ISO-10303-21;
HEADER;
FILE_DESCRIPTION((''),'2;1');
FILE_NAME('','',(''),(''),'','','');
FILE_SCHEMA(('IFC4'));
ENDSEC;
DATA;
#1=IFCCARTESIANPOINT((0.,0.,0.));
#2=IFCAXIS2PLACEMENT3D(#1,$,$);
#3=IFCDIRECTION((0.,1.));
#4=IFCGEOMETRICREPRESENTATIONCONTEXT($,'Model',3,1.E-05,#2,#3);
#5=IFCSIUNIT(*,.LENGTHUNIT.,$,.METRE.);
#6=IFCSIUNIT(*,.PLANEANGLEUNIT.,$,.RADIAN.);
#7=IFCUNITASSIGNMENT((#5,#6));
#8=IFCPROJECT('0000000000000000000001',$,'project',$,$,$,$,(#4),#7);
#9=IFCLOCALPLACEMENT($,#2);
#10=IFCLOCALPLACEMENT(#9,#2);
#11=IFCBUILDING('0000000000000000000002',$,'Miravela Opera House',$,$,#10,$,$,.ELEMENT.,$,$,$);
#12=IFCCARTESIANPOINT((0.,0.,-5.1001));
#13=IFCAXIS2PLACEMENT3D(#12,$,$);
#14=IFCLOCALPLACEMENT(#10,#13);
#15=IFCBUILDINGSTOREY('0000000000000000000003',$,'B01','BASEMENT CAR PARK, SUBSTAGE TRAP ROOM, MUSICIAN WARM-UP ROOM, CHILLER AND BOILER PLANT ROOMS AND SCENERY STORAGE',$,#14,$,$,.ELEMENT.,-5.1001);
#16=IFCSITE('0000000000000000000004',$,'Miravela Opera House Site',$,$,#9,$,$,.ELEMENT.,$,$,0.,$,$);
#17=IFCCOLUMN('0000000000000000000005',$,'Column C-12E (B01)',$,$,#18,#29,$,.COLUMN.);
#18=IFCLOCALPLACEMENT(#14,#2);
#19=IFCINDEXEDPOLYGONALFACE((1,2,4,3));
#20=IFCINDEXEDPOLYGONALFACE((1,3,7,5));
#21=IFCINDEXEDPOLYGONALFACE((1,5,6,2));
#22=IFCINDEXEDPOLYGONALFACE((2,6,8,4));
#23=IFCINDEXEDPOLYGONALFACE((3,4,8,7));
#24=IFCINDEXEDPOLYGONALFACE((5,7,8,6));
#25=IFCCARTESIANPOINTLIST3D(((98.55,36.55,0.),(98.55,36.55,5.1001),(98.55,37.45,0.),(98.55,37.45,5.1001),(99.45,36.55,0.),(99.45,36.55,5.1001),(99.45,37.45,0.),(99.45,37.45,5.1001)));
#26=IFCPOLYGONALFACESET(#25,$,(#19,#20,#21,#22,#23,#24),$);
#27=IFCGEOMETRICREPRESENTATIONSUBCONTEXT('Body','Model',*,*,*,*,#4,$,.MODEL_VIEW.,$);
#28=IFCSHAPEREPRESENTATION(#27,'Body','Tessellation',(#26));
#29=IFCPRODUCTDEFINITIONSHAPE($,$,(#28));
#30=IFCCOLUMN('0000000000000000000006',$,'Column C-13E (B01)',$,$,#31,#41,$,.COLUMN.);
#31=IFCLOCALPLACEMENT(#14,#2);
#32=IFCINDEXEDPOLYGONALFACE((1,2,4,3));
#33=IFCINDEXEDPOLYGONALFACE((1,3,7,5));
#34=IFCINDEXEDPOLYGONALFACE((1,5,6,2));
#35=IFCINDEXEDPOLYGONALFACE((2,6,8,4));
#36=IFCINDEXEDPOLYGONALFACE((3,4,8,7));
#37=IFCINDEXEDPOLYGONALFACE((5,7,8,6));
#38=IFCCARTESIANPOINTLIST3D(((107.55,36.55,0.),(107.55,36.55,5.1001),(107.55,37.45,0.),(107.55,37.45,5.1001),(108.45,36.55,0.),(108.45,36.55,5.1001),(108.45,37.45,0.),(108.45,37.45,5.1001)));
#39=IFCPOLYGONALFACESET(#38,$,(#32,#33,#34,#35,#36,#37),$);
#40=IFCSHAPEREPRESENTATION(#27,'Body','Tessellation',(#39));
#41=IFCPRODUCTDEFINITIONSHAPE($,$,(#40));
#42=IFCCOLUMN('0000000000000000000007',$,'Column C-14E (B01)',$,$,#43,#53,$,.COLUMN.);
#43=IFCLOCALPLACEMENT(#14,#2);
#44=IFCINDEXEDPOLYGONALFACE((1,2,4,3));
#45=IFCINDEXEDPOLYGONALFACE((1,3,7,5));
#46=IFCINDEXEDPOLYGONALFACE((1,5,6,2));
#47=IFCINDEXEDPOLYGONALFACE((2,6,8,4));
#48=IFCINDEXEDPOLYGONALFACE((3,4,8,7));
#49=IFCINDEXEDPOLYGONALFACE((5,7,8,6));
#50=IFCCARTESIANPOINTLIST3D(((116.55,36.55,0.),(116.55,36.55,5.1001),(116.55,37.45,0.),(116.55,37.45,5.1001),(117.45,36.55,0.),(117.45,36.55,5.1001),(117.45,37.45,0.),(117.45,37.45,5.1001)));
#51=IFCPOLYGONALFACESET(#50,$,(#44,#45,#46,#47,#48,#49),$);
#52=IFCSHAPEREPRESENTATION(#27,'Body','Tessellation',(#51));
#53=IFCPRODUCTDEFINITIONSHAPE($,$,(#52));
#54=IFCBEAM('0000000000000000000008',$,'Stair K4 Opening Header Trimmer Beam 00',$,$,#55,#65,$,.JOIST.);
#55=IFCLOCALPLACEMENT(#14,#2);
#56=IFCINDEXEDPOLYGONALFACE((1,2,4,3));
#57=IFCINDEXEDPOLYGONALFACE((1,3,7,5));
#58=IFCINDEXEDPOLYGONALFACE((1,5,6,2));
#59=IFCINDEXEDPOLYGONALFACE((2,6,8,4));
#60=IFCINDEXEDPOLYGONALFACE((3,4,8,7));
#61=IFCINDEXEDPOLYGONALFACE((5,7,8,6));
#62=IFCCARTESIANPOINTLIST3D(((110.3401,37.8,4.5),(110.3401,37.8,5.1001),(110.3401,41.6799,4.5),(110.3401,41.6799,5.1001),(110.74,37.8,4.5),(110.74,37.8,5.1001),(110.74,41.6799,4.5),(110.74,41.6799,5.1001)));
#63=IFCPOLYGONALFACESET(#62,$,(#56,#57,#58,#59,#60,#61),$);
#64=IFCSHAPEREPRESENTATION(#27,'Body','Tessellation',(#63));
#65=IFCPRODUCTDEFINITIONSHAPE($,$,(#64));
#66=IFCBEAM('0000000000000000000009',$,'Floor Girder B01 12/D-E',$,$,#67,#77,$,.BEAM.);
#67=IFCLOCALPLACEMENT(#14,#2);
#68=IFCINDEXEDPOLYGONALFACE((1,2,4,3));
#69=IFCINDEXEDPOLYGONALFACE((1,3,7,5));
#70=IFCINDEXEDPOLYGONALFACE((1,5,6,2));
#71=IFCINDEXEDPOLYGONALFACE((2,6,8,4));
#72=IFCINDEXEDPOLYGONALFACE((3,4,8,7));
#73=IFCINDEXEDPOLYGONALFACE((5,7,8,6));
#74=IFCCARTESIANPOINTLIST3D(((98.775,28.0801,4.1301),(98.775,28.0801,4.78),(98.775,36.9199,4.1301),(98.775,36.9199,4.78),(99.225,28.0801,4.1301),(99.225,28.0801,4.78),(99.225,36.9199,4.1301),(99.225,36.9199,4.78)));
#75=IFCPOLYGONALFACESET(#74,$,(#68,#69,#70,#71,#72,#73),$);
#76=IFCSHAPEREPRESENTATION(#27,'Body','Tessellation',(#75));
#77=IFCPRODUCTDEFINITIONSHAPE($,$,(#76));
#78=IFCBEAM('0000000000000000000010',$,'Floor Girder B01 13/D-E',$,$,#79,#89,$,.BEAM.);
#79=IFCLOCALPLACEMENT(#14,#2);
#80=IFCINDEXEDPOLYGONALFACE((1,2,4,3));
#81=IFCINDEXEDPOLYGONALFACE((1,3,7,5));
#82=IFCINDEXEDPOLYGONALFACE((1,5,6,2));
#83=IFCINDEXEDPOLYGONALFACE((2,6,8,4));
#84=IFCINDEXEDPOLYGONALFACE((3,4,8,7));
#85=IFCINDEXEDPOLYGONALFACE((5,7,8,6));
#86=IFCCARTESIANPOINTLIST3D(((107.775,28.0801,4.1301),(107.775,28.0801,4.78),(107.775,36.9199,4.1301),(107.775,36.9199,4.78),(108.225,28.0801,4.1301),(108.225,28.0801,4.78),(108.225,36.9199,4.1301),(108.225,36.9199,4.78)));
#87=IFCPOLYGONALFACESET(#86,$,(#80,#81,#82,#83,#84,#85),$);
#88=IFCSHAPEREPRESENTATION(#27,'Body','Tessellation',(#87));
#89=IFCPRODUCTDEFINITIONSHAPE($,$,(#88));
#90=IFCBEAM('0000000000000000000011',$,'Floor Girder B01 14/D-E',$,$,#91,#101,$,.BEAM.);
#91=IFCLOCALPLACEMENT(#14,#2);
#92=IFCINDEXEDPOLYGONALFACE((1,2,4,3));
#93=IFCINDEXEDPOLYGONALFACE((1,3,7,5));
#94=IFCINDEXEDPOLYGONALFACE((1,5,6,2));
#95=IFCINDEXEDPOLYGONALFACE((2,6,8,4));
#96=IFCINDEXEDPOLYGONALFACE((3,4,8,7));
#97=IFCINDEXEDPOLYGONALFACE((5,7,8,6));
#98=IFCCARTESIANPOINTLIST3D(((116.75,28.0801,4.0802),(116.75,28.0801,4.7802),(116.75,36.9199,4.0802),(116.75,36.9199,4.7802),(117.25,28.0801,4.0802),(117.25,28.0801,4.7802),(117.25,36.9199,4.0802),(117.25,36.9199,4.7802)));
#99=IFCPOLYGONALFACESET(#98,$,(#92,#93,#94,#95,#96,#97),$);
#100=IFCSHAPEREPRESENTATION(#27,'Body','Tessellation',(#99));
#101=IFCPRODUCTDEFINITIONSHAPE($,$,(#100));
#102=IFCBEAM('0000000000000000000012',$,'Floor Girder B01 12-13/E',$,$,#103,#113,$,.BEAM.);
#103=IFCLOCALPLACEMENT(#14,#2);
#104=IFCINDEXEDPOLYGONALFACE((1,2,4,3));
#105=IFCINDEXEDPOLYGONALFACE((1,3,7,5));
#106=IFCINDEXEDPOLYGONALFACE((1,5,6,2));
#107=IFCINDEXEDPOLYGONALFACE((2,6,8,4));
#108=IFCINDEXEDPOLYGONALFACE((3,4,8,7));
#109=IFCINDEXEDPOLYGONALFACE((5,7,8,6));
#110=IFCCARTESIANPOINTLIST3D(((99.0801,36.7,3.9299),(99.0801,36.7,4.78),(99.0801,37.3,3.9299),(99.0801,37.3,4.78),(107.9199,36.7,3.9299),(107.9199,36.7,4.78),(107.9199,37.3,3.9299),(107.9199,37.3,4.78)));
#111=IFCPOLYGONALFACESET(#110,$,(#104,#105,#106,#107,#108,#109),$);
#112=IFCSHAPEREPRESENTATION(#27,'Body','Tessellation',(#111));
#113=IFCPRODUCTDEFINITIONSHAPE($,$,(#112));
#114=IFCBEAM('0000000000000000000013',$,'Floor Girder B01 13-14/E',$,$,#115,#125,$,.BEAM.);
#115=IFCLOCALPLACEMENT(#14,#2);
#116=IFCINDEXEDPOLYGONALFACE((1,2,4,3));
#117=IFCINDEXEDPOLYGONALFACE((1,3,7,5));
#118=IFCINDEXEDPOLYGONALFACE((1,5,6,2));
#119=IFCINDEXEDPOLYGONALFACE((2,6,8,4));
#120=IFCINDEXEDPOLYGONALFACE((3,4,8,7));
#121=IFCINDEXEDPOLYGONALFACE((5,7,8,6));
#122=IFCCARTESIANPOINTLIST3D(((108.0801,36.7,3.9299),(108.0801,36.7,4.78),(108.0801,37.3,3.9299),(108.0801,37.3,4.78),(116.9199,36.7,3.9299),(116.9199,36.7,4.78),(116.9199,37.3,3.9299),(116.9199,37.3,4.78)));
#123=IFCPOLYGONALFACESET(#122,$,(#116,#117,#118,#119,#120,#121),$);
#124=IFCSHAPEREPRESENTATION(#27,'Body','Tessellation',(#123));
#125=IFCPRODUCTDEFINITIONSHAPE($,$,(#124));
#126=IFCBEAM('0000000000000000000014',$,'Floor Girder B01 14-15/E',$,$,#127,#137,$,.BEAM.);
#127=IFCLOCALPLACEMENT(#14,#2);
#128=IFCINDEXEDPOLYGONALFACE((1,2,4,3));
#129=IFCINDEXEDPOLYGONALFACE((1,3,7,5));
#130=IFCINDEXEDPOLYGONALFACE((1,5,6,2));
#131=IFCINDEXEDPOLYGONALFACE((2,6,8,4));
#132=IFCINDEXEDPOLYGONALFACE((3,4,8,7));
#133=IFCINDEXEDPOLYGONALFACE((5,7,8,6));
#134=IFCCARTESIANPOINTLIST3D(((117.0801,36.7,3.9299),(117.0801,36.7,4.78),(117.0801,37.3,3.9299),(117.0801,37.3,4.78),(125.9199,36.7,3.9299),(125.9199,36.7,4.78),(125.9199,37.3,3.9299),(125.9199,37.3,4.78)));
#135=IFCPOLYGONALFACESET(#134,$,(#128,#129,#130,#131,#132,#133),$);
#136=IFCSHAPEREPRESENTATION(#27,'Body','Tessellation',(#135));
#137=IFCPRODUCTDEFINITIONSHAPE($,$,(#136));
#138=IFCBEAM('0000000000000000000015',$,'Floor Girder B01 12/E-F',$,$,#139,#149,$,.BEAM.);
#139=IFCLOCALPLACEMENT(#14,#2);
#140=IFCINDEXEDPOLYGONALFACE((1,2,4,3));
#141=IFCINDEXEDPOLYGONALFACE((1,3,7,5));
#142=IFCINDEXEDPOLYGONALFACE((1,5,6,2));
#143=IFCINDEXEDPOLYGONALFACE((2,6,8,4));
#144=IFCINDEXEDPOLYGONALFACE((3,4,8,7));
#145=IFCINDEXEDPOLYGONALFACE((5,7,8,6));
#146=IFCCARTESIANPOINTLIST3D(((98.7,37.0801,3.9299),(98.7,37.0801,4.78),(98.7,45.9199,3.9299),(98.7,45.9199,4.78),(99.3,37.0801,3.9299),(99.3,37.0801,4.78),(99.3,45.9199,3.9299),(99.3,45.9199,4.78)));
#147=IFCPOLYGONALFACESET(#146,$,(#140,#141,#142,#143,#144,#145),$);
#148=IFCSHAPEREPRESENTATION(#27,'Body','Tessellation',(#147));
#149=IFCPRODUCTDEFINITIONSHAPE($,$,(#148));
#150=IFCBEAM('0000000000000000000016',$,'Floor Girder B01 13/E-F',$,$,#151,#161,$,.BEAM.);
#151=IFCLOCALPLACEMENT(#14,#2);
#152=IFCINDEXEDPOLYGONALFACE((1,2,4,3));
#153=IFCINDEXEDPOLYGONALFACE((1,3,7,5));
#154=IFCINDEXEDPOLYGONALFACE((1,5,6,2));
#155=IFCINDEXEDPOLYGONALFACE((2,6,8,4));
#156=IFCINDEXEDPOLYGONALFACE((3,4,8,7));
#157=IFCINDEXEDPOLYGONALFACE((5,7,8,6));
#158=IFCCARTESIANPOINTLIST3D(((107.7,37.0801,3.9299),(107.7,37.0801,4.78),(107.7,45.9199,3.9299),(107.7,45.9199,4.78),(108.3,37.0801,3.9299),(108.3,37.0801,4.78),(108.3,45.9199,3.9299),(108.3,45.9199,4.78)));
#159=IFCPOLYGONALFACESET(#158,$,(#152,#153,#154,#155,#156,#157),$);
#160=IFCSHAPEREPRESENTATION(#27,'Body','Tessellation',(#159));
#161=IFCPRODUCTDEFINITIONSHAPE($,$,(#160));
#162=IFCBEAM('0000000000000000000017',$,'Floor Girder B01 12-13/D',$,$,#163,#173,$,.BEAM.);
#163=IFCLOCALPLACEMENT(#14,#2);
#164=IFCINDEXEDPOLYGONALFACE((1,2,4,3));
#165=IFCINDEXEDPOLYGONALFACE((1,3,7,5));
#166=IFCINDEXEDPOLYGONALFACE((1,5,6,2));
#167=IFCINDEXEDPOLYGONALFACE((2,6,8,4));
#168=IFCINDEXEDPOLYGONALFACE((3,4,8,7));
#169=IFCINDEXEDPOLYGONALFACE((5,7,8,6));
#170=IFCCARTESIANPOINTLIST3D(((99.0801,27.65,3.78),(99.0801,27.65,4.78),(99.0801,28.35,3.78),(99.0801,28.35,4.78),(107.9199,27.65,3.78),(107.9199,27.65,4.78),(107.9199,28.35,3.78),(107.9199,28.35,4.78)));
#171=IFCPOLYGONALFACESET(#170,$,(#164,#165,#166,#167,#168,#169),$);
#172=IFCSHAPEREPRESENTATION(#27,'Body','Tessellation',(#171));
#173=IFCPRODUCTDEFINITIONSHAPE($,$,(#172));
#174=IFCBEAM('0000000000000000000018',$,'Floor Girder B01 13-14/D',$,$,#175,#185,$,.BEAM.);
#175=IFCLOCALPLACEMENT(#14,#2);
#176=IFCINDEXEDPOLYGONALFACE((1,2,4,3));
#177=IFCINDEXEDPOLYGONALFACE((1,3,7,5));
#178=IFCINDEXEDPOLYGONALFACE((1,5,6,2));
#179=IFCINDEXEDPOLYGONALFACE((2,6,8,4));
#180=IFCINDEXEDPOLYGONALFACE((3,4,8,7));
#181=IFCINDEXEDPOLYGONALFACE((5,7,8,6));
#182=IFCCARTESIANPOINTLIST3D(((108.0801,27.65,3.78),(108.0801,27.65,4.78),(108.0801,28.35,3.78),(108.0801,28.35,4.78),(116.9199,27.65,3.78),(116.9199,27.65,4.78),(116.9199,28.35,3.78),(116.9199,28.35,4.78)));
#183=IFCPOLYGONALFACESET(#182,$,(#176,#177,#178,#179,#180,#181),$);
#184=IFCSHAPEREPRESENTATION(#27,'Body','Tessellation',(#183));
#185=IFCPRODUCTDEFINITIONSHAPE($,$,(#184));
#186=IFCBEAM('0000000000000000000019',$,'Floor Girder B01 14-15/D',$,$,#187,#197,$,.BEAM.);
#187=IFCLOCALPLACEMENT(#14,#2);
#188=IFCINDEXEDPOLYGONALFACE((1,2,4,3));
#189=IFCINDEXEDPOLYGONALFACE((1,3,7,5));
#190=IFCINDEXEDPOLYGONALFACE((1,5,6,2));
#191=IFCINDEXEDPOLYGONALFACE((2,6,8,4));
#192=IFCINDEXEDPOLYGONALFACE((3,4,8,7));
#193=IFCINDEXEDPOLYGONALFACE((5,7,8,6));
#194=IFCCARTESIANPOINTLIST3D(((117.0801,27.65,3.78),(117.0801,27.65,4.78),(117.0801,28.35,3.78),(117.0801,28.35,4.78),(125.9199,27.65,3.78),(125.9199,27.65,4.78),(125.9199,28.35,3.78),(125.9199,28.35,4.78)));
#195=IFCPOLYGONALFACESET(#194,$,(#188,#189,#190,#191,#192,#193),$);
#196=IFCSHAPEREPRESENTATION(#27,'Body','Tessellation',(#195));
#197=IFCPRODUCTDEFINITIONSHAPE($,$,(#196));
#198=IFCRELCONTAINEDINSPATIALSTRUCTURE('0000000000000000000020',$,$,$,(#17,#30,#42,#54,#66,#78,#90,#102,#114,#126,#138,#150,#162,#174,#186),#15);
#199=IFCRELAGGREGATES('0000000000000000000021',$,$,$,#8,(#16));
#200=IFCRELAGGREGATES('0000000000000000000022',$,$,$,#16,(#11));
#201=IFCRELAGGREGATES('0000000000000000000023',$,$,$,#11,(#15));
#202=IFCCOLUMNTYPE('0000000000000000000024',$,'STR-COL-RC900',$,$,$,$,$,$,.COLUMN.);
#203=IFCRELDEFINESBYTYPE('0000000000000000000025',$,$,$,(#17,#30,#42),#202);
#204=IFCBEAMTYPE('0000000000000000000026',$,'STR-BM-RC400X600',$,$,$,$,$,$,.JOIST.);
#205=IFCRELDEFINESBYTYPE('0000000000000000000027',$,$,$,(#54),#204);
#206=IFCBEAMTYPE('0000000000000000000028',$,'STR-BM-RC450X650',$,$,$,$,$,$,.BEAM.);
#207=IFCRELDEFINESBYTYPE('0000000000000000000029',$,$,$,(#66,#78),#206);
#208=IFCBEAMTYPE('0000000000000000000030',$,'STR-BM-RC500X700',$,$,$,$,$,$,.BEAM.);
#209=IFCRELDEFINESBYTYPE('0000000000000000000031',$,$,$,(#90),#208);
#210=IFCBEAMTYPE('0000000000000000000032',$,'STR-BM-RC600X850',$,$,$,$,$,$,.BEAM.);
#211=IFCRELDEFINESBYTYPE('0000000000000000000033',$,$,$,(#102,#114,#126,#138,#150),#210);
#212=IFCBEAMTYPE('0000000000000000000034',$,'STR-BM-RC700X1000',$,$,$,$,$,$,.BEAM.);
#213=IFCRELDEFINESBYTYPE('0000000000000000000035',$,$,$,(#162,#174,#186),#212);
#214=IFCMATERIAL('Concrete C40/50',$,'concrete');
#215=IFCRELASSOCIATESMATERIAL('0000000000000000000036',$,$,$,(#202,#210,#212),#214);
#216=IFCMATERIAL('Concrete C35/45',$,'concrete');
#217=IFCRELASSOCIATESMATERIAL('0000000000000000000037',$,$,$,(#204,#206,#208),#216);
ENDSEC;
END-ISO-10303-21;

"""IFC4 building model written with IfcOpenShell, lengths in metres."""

from ifc_helpers import new_model, si_unit, direction, frame, origin, origin_2d, place, context, subcontext, project, spatial, rectangle, extrude, material, material_profile, profile_set, type_object, element, save


model = new_model("IFC4")

# Units and contexts
model_context = context("Model", 3, precision=1e-05, world=origin(), true_north=direction((0.0, 1.0)))
body_context = subcontext(model_context, "Body", "Model", "MODEL_VIEW")
ifc_project = project(units=[si_unit("LENGTHUNIT", "METRE"), si_unit("PLANEANGLEUNIT", "RADIAN")], contexts=[model_context])

# Site, building, storey
site_placement = place(None, origin())
site = spatial("IfcSite", under=ifc_project, at=site_placement, Name="Miravela Opera House Site", CompositionType="ELEMENT", RefElevation=0.0)
building_placement = place(site_placement, origin())
building = spatial("IfcBuilding", under=site, at=building_placement, Name="Miravela Opera House", CompositionType="ELEMENT")
storey_placement = place(building_placement, frame((0.0, 0.0, -5.1001)))
storey = spatial("IfcBuildingStorey", under=building, at=storey_placement, Name="B01", Description="BASEMENT CAR PARK, SUBSTAGE TRAP ROOM, MUSICIAN WARM-UP ROOM, CHILLER AND BOILER PLANT ROOMS AND SCENERY STORAGE", CompositionType="ELEMENT", Elevation=-5.1001)

# Shared definitions
ifc_material_1 = material(Name="Concrete C35/45", Category="concrete")

# Columns
ifc_material_2 = material(Name="Concrete C40/50", Category="concrete")
ifc_material_profile_1 = material_profile(ifc_material_2, rectangle(XDim=0.8999, YDim=0.8999, at=origin_2d()), Name="RC-COL-900X900")
ifc_profile_set_1 = profile_set([ifc_material_profile_1])
column_type_1 = type_object("IfcColumnType", Name="STR-COL-RC900", PredefinedType="COLUMN", material=ifc_profile_set_1)
for number, where, z_axis, x_axis, name in (
    (1, (99.0, 37.0, 0.0), (0.0, 0.0, 1.0), (1.0, 0.0, 0.0), "Column C-12E (B01)"),
    (2, (108.0, 37.0, 0.0), (0.0, 0.0, 1.0), (1.0, 0.0, 0.0), "Column C-13E (B01)"),
    (3, (117.0, 37.0, 0.0), (0.0, 0.0, 1.0), (1.0, 0.0, 0.0), "Column C-14E (B01)"),
):
    element("IfcColumn", number, at=place(storey_placement, frame(where, z_axis=z_axis, x_axis=x_axis)), inside=storey, type_object=column_type_1, Name=name, PredefinedType="COLUMN", context=body_context, shape_type="SweptSolid", body=[
        extrude(rectangle(XDim=0.8999, YDim=0.8999, at=origin_2d()), origin(), (0.0, 0.0, 1.0), 5.1001),
    ])

# Beams
ifc_material_profile_2 = material_profile(ifc_material_1, rectangle(XDim=0.3999, YDim=0.6001, at=origin_2d()), Name="RC-BM-400X600")
ifc_profile_set_2 = profile_set([ifc_material_profile_2])
beam_type_1 = type_object("IfcBeamType", Name="STR-BM-RC400X600", PredefinedType="JOIST", material=ifc_profile_set_2)
beam_1_placement = place(storey_placement, frame((110.54, 37.8, 4.8), z_axis=(0.0, 1.0, 0.0), x_axis=(-1.0, 0.0, 0.0)))
element("IfcBeam", 4, at=beam_1_placement, inside=storey, type_object=beam_type_1, Name="Stair K4 Opening Header Trimmer Beam 00", PredefinedType="JOIST", context=body_context, shape_type="SweptSolid", body=[
    extrude(rectangle(XDim=0.3999, YDim=0.6001, at=origin_2d()), origin(), (0.0, 0.0, 1.0), 3.8799),
])
ifc_material_profile_3 = material_profile(ifc_material_1, rectangle(XDim=0.45, YDim=0.6499, at=origin_2d()), Name="RC-BM-450X650")
ifc_profile_set_3 = profile_set([ifc_material_profile_3])
beam_type_2 = type_object("IfcBeamType", Name="STR-BM-RC450X650", PredefinedType="BEAM", material=ifc_profile_set_3)
for number, where, z_axis, x_axis, name in (
    (5, (99.0, 28.0801, 4.4551), (0.0, 1.0, 0.0), (-1.0, 0.0, 0.0), "Floor Girder B01 12/D-E"),
    (6, (108.0, 28.0801, 4.4551), (0.0, 1.0, 0.0), (-1.0, 0.0, 0.0), "Floor Girder B01 13/D-E"),
):
    element("IfcBeam", number, at=place(storey_placement, frame(where, z_axis=z_axis, x_axis=x_axis)), inside=storey, type_object=beam_type_2, Name=name, PredefinedType="BEAM", context=body_context, shape_type="SweptSolid", body=[
        extrude(rectangle(XDim=0.45, YDim=0.6499, at=origin_2d()), origin(), (0.0, 0.0, 1.0), 8.8398),
    ])
ifc_material_profile_4 = material_profile(ifc_material_1, rectangle(XDim=0.5, YDim=0.7, at=origin_2d()), Name="RC-BM-500X700")
ifc_profile_set_4 = profile_set([ifc_material_profile_4])
beam_type_3 = type_object("IfcBeamType", Name="STR-BM-RC500X700", PredefinedType="BEAM", material=ifc_profile_set_4)
beam_2_placement = place(storey_placement, frame((117.0, 28.0801, 4.4302), z_axis=(0.0, 1.0, 0.0), x_axis=(-1.0, 0.0, 0.0)))
element("IfcBeam", 7, at=beam_2_placement, inside=storey, type_object=beam_type_3, Name="Floor Girder B01 14/D-E", PredefinedType="BEAM", context=body_context, shape_type="SweptSolid", body=[
    extrude(rectangle(XDim=0.5, YDim=0.7, at=origin_2d()), origin(), (0.0, 0.0, 1.0), 8.8398),
])
ifc_material_profile_5 = material_profile(ifc_material_2, rectangle(XDim=0.6001, YDim=0.8501, at=origin_2d()), Name="RC-BM-600X850")
ifc_profile_set_5 = profile_set([ifc_material_profile_5])
beam_type_4 = type_object("IfcBeamType", Name="STR-BM-RC600X850", PredefinedType="BEAM", material=ifc_profile_set_5)
for number, where, z_axis, x_axis, name in (
    (8, (99.0801, 37.0, 4.355), (1.0, 0.0, 0.0), (0.0, 1.0, 0.0), "Floor Girder B01 12-13/E"),
    (9, (108.0801, 37.0, 4.355), (1.0, 0.0, 0.0), (0.0, 1.0, 0.0), "Floor Girder B01 13-14/E"),
    (10, (117.0801, 37.0, 4.355), (1.0, 0.0, 0.0), (0.0, 1.0, 0.0), "Floor Girder B01 14-15/E"),
    (11, (99.0, 37.0801, 4.355), (0.0, 1.0, 0.0), (-1.0, 0.0, 0.0), "Floor Girder B01 12/E-F"),
    (12, (108.0, 37.0801, 4.355), (0.0, 1.0, 0.0), (-1.0, 0.0, 0.0), "Floor Girder B01 13/E-F"),
):
    element("IfcBeam", number, at=place(storey_placement, frame(where, z_axis=z_axis, x_axis=x_axis)), inside=storey, type_object=beam_type_4, Name=name, PredefinedType="BEAM", context=body_context, shape_type="SweptSolid", body=[
        extrude(rectangle(XDim=0.6001, YDim=0.8501, at=origin_2d()), origin(), (0.0, 0.0, 1.0), 8.8398),
    ])
ifc_material_profile_6 = material_profile(ifc_material_2, rectangle(XDim=0.7, YDim=1.0, at=origin_2d()), Name="RC-BM-700X1000")
ifc_profile_set_6 = profile_set([ifc_material_profile_6])
beam_type_5 = type_object("IfcBeamType", Name="STR-BM-RC700X1000", PredefinedType="BEAM", material=ifc_profile_set_6)
for number, where, z_axis, x_axis, name in (
    (13, (99.0801, 28.0, 4.28), (1.0, 0.0, 0.0), (0.0, 1.0, 0.0), "Floor Girder B01 12-13/D"),
    (14, (108.0801, 28.0, 4.28), (1.0, 0.0, 0.0), (0.0, 1.0, 0.0), "Floor Girder B01 13-14/D"),
    (15, (117.0801, 28.0, 4.28), (1.0, 0.0, 0.0), (0.0, 1.0, 0.0), "Floor Girder B01 14-15/D"),
):
    element("IfcBeam", number, at=place(storey_placement, frame(where, z_axis=z_axis, x_axis=x_axis)), inside=storey, type_object=beam_type_5, Name=name, PredefinedType="BEAM", context=body_context, shape_type="SweptSolid", body=[
        extrude(rectangle(XDim=0.7, YDim=1.0, at=origin_2d()), origin(), (0.0, 0.0, 1.0), 8.8398),
    ])

save(model, "model.ifc")
